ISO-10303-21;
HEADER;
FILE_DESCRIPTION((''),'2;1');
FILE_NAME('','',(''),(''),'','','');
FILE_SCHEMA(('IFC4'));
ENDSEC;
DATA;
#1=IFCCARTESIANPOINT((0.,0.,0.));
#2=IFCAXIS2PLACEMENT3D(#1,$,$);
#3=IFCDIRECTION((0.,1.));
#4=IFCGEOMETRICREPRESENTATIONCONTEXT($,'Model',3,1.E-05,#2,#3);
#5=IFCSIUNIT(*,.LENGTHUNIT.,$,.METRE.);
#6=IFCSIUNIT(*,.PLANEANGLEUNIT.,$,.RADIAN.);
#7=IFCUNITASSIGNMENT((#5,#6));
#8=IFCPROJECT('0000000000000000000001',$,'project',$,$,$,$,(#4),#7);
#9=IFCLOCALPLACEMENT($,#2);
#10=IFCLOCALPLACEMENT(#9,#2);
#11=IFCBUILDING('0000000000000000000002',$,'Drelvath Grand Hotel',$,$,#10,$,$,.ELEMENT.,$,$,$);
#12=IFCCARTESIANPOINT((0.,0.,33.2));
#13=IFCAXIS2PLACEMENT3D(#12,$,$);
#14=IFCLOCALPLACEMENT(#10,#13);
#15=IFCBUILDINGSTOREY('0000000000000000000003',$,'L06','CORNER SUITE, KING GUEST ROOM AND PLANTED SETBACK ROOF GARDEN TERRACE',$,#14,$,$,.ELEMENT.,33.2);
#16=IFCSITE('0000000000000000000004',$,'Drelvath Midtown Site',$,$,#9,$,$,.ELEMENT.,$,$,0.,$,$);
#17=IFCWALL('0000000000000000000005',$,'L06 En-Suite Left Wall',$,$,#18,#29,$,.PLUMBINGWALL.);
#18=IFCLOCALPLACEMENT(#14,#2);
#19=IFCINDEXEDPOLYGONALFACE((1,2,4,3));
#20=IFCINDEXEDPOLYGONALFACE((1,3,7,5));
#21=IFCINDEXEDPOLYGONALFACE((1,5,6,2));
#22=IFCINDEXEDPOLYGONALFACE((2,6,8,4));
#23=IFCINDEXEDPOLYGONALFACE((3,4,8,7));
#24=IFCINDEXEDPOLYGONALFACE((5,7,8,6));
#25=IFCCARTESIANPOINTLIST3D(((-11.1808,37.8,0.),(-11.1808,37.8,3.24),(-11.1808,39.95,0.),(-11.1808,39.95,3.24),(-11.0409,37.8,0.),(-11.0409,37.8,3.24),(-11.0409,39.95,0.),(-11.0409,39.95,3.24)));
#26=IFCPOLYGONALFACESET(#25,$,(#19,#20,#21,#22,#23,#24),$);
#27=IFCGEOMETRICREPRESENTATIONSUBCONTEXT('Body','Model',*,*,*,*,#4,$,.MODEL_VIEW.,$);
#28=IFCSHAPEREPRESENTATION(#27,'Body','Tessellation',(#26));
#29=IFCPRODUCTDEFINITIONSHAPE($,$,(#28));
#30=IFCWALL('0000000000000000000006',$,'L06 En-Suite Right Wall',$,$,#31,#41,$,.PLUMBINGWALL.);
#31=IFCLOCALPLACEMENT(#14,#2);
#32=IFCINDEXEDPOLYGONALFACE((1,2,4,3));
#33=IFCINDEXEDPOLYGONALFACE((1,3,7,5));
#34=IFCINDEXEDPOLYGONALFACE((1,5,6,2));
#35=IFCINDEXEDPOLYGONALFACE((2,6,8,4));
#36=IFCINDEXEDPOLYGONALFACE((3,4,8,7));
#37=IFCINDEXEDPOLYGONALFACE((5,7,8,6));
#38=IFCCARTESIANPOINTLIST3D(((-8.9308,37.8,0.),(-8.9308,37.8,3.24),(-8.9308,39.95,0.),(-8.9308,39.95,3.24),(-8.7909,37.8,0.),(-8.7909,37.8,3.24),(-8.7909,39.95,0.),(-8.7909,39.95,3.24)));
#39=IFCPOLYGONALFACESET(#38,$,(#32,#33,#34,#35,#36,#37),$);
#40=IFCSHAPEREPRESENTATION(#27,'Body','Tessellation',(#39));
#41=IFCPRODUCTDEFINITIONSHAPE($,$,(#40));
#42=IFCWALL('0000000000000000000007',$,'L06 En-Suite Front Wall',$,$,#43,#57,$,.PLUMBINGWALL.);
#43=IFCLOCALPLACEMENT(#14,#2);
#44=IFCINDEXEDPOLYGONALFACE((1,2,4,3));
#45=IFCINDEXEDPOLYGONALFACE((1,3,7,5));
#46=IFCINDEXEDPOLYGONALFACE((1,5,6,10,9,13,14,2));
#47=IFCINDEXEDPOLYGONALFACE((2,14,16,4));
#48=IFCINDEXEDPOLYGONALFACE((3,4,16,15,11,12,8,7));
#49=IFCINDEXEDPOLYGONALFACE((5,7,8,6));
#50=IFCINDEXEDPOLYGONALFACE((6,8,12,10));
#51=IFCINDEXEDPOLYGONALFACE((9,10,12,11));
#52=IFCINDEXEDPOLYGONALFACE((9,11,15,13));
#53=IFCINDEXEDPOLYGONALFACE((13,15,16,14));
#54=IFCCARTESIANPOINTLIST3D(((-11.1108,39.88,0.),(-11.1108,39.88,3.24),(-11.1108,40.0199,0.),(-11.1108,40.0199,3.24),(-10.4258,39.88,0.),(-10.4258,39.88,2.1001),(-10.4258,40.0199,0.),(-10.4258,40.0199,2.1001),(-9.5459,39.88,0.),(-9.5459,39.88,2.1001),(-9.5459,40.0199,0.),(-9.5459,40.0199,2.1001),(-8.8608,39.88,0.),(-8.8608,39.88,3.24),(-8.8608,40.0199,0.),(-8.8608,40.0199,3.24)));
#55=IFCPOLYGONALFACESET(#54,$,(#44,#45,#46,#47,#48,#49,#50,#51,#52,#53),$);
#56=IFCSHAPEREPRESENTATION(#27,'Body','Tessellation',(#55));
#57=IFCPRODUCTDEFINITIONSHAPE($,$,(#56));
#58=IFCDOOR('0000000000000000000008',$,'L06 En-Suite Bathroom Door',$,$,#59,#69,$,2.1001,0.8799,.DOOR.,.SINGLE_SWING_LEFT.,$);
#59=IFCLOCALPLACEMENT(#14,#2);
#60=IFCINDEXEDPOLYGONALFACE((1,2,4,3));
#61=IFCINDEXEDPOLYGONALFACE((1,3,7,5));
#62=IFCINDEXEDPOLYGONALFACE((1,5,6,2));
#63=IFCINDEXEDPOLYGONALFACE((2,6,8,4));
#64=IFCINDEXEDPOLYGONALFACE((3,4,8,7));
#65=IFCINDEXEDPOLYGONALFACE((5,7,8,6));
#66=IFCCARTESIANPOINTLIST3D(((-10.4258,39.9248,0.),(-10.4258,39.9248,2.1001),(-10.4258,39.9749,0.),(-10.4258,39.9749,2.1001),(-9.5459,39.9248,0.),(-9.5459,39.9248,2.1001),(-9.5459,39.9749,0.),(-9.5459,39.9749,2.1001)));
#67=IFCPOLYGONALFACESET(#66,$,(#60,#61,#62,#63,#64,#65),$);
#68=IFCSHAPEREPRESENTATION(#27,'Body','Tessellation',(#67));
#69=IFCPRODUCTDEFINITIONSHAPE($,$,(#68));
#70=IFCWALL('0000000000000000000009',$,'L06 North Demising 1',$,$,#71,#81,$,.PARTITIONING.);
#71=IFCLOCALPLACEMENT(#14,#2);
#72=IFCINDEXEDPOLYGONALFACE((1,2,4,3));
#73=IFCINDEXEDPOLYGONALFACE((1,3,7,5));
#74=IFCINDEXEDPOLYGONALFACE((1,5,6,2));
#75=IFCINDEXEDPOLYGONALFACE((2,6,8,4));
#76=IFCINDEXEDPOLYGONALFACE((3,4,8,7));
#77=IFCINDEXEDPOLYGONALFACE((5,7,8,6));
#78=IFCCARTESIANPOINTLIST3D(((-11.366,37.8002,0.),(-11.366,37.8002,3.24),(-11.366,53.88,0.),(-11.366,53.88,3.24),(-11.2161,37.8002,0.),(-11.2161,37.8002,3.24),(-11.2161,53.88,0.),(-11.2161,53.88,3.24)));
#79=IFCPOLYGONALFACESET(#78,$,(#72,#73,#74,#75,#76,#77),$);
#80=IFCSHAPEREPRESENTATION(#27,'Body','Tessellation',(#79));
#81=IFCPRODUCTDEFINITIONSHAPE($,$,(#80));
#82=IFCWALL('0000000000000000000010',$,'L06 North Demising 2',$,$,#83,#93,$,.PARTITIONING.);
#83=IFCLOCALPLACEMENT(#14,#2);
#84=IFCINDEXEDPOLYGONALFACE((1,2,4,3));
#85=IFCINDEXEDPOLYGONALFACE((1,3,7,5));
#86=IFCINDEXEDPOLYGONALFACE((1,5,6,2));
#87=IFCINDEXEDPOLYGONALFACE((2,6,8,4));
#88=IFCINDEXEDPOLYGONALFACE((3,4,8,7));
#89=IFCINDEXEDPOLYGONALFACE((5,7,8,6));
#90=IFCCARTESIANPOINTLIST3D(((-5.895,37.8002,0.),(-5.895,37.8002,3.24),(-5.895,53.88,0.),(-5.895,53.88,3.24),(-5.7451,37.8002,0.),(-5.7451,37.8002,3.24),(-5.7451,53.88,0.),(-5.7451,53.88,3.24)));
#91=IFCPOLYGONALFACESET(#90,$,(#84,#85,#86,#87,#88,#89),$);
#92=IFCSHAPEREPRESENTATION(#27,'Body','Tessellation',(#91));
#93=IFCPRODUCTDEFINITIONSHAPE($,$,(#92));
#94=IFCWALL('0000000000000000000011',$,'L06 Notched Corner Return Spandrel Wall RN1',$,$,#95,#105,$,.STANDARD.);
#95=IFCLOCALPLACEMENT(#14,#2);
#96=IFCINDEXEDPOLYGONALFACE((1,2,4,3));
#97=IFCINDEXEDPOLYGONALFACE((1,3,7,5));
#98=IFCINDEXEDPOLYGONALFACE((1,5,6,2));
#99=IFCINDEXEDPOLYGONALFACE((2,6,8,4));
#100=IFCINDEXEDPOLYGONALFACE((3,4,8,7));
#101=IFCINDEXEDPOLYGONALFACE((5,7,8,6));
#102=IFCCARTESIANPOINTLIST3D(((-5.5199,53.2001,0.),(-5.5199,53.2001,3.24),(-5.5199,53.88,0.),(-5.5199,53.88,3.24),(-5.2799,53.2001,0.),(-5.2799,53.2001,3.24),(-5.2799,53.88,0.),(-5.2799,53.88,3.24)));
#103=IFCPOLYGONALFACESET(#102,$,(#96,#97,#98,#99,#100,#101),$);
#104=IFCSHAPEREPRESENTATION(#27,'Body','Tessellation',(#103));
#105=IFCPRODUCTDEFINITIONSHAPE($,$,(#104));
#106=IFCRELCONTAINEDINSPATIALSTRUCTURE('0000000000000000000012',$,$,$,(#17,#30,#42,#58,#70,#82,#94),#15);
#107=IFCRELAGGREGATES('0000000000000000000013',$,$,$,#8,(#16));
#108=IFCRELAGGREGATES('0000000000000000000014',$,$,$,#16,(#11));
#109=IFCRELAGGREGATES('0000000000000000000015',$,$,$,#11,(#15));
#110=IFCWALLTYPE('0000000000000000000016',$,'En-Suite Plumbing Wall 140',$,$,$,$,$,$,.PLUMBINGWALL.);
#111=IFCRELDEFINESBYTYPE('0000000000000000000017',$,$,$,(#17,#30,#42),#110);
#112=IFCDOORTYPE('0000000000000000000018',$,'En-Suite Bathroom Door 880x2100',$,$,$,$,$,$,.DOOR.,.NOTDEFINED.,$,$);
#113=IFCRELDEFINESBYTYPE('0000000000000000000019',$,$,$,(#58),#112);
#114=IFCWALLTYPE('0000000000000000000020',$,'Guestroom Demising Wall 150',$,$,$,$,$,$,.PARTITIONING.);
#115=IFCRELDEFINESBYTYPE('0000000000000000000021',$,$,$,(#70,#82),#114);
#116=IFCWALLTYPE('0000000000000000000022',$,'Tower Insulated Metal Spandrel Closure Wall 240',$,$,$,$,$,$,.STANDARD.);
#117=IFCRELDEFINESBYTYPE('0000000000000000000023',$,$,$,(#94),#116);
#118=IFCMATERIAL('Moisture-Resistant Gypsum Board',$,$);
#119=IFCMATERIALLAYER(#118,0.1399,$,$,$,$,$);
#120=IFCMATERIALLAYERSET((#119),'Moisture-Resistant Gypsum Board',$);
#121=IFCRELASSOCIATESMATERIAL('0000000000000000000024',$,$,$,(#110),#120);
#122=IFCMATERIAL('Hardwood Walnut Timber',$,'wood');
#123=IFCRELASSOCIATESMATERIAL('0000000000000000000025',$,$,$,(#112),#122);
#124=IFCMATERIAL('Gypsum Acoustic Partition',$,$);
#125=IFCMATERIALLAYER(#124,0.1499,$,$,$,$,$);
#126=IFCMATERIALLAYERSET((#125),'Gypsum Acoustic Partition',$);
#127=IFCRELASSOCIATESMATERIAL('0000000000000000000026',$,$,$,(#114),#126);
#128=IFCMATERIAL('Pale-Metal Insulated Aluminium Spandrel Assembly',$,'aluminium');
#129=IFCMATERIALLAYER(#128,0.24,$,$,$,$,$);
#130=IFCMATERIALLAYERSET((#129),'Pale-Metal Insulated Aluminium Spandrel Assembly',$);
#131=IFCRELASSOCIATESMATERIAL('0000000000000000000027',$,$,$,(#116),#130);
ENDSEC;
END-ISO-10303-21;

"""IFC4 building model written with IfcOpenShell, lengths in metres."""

from ifc_helpers import new_model, si_unit, direction, frame, frame_2d, origin, place, context, subcontext, project, spatial, rectangle, extrude, material, layer, layer_set, type_object, element, fill, save


model = new_model("IFC4")

# Units and contexts
model_context = context("Model", 3, precision=1e-05, world=origin(), true_north=direction((0.0, 1.0)))
body_context = subcontext(model_context, "Body", "Model", "MODEL_VIEW")
ifc_project = project(units=[si_unit("LENGTHUNIT", "METRE"), si_unit("PLANEANGLEUNIT", "RADIAN")], contexts=[model_context])

# Site, building, storey
site_placement = place(None, origin())
site = spatial("IfcSite", under=ifc_project, at=site_placement, Name="Drelvath Midtown Site", CompositionType="ELEMENT", RefElevation=0.0)
building_placement = place(site_placement, origin())
building = spatial("IfcBuilding", under=site, at=building_placement, Name="Drelvath Grand Hotel", CompositionType="ELEMENT")
storey_placement = place(building_placement, frame((0.0, 0.0, 33.2)))
storey = spatial("IfcBuildingStorey", under=building, at=storey_placement, Name="L06", Description="CORNER SUITE, KING GUEST ROOM AND PLANTED SETBACK ROOF GARDEN TERRACE", CompositionType="ELEMENT", Elevation=33.2)

# Shared definitions
ifc_material_1 = material(Name="Moisture-Resistant Gypsum Board")
ifc_layer_1 = layer(ifc_material_1, 0.1399)
ifc_layer_set_1 = layer_set([ifc_layer_1], Name="Moisture-Resistant Gypsum Board")
wall_type_1 = type_object("IfcWallType", Name="En-Suite Plumbing Wall 140", PredefinedType="PLUMBINGWALL", material=ifc_layer_set_1)
ifc_material_2 = material(Name="Hardwood Walnut Timber", Category="wood")
door_type = type_object("IfcDoorType", Name="En-Suite Bathroom Door 880x2100", OperationType="NOTDEFINED", PredefinedType="DOOR", material=ifc_material_2)

# Walls
for number, where, z_axis, x_axis, name in (
    (1, (-11.1108, 37.8, 0.0), (0.0, 0.0, 1.0), (0.0, 1.0, 0.0), "L06 En-Suite Left Wall"),
    (2, (-8.8608, 37.8, 0.0), (0.0, 0.0, 1.0), (0.0, 1.0, 0.0), "L06 En-Suite Right Wall"),
):
    element("IfcWall", number, at=place(storey_placement, frame(where, z_axis=z_axis, x_axis=x_axis)), inside=storey, type_object=wall_type_1, Name=name, PredefinedType="PLUMBINGWALL", context=body_context, shape_type="SweptSolid", body=[
        extrude(rectangle(XDim=2.1499, YDim=0.1399, at=frame_2d((1.075, 0.0))), origin(), (0.0, 0.0, 1.0), 3.24),
    ])

# Wall, opening, door
wall_1_placement = place(storey_placement, frame((-11.1108, 39.95, 0.0), z_axis=(0.0, 0.0, 1.0), x_axis=(1.0, 0.0, 0.0)))
wall_1 = element("IfcWall", 3, at=wall_1_placement, inside=storey, type_object=wall_type_1, Name="L06 En-Suite Front Wall", PredefinedType="PLUMBINGWALL", context=body_context, shape_type="SweptSolid", body=[
    extrude(rectangle(XDim=2.25, YDim=0.1399, at=frame_2d((1.125, 0.0))), origin(), (0.0, 0.0, 1.0), 3.24),
])
opening_1_placement = place(wall_1_placement, frame((0.6851, 0.0, 0.0)))
opening_1 = element("IfcOpeningElement", 4, at=opening_1_placement, cuts=wall_1, PredefinedType="OPENING", context=body_context, shape_type="SweptSolid", body=[
    extrude(rectangle(XDim=0.8799, YDim=2.1001, at=frame_2d((0.4399, 1.05))), frame((0.0, 0.0798, 0.0), z_axis=(0.0, -1.0, 0.0), x_axis=(1.0, 0.0, 0.0)), (0.0, 0.0, 1.0), 0.1599),
])
door_1_placement = place(opening_1_placement, origin())
door_1 = element("IfcDoor", 5, at=door_1_placement, inside=storey, type_object=door_type, Name="L06 En-Suite Bathroom Door", OperationType="SINGLE_SWING_LEFT", OverallHeight=2.1001, OverallWidth=0.8799, PredefinedType="DOOR", context=body_context, shape_type="SweptSolid", body=[
    extrude(rectangle(XDim=0.8799, YDim=2.1001, at=frame_2d((0.4399, 1.05))), frame((0.0, 0.0249, 0.0), z_axis=(0.0, -1.0, 0.0), x_axis=(1.0, 0.0, 0.0)), (0.0, 0.0, 1.0), 0.05),
])
fill(opening_1, door_1)

# Walls
ifc_material_3 = material(Name="Gypsum Acoustic Partition")
ifc_layer_2 = layer(ifc_material_3, 0.1499)
ifc_layer_set_2 = layer_set([ifc_layer_2], Name="Gypsum Acoustic Partition")
wall_type_2 = type_object("IfcWallType", Name="Guestroom Demising Wall 150", PredefinedType="PARTITIONING", material=ifc_layer_set_2)
for number, where, z_axis, x_axis, name in (
    (6, (-11.291, 37.8, 0.0), (0.0, 0.0, 1.0), (0.0, 1.0, 0.0), "L06 North Demising 1"),
    (7, (-5.8201, 37.8, 0.0), (0.0, 0.0, 1.0), (0.0, 1.0, 0.0), "L06 North Demising 2"),
):
    element("IfcWall", number, at=place(storey_placement, frame(where, z_axis=z_axis, x_axis=x_axis)), inside=storey, type_object=wall_type_2, Name=name, PredefinedType="PARTITIONING", context=body_context, shape_type="SweptSolid", body=[
        extrude(rectangle(XDim=16.0798, YDim=0.1499, at=frame_2d((8.04, 0.0))), origin(), (0.0, 0.0, 1.0), 3.24),
    ])
ifc_material_4 = material(Name="Pale-Metal Insulated Aluminium Spandrel Assembly", Category="aluminium")
ifc_layer_3 = layer(ifc_material_4, 0.24)
ifc_layer_set_3 = layer_set([ifc_layer_3], Name="Pale-Metal Insulated Aluminium Spandrel Assembly")
wall_type_3 = type_object("IfcWallType", Name="Tower Insulated Metal Spandrel Closure Wall 240", PredefinedType="STANDARD", material=ifc_layer_set_3)
wall_2_placement = place(storey_placement, frame((-5.3999, 53.8799, 0.0), z_axis=(0.0, 0.0, 1.0), x_axis=(0.0, -1.0, 0.0)))
element("IfcWall", 8, at=wall_2_placement, inside=storey, type_object=wall_type_3, Name="L06 Notched Corner Return Spandrel Wall RN1", PredefinedType="STANDARD", context=body_context, shape_type="SweptSolid", body=[
    extrude(rectangle(XDim=0.6799, YDim=0.24, at=frame_2d((0.3398, 0.0))), origin(), (0.0, 0.0, 1.0), 3.24),
])

save(model, "model.ifc")
